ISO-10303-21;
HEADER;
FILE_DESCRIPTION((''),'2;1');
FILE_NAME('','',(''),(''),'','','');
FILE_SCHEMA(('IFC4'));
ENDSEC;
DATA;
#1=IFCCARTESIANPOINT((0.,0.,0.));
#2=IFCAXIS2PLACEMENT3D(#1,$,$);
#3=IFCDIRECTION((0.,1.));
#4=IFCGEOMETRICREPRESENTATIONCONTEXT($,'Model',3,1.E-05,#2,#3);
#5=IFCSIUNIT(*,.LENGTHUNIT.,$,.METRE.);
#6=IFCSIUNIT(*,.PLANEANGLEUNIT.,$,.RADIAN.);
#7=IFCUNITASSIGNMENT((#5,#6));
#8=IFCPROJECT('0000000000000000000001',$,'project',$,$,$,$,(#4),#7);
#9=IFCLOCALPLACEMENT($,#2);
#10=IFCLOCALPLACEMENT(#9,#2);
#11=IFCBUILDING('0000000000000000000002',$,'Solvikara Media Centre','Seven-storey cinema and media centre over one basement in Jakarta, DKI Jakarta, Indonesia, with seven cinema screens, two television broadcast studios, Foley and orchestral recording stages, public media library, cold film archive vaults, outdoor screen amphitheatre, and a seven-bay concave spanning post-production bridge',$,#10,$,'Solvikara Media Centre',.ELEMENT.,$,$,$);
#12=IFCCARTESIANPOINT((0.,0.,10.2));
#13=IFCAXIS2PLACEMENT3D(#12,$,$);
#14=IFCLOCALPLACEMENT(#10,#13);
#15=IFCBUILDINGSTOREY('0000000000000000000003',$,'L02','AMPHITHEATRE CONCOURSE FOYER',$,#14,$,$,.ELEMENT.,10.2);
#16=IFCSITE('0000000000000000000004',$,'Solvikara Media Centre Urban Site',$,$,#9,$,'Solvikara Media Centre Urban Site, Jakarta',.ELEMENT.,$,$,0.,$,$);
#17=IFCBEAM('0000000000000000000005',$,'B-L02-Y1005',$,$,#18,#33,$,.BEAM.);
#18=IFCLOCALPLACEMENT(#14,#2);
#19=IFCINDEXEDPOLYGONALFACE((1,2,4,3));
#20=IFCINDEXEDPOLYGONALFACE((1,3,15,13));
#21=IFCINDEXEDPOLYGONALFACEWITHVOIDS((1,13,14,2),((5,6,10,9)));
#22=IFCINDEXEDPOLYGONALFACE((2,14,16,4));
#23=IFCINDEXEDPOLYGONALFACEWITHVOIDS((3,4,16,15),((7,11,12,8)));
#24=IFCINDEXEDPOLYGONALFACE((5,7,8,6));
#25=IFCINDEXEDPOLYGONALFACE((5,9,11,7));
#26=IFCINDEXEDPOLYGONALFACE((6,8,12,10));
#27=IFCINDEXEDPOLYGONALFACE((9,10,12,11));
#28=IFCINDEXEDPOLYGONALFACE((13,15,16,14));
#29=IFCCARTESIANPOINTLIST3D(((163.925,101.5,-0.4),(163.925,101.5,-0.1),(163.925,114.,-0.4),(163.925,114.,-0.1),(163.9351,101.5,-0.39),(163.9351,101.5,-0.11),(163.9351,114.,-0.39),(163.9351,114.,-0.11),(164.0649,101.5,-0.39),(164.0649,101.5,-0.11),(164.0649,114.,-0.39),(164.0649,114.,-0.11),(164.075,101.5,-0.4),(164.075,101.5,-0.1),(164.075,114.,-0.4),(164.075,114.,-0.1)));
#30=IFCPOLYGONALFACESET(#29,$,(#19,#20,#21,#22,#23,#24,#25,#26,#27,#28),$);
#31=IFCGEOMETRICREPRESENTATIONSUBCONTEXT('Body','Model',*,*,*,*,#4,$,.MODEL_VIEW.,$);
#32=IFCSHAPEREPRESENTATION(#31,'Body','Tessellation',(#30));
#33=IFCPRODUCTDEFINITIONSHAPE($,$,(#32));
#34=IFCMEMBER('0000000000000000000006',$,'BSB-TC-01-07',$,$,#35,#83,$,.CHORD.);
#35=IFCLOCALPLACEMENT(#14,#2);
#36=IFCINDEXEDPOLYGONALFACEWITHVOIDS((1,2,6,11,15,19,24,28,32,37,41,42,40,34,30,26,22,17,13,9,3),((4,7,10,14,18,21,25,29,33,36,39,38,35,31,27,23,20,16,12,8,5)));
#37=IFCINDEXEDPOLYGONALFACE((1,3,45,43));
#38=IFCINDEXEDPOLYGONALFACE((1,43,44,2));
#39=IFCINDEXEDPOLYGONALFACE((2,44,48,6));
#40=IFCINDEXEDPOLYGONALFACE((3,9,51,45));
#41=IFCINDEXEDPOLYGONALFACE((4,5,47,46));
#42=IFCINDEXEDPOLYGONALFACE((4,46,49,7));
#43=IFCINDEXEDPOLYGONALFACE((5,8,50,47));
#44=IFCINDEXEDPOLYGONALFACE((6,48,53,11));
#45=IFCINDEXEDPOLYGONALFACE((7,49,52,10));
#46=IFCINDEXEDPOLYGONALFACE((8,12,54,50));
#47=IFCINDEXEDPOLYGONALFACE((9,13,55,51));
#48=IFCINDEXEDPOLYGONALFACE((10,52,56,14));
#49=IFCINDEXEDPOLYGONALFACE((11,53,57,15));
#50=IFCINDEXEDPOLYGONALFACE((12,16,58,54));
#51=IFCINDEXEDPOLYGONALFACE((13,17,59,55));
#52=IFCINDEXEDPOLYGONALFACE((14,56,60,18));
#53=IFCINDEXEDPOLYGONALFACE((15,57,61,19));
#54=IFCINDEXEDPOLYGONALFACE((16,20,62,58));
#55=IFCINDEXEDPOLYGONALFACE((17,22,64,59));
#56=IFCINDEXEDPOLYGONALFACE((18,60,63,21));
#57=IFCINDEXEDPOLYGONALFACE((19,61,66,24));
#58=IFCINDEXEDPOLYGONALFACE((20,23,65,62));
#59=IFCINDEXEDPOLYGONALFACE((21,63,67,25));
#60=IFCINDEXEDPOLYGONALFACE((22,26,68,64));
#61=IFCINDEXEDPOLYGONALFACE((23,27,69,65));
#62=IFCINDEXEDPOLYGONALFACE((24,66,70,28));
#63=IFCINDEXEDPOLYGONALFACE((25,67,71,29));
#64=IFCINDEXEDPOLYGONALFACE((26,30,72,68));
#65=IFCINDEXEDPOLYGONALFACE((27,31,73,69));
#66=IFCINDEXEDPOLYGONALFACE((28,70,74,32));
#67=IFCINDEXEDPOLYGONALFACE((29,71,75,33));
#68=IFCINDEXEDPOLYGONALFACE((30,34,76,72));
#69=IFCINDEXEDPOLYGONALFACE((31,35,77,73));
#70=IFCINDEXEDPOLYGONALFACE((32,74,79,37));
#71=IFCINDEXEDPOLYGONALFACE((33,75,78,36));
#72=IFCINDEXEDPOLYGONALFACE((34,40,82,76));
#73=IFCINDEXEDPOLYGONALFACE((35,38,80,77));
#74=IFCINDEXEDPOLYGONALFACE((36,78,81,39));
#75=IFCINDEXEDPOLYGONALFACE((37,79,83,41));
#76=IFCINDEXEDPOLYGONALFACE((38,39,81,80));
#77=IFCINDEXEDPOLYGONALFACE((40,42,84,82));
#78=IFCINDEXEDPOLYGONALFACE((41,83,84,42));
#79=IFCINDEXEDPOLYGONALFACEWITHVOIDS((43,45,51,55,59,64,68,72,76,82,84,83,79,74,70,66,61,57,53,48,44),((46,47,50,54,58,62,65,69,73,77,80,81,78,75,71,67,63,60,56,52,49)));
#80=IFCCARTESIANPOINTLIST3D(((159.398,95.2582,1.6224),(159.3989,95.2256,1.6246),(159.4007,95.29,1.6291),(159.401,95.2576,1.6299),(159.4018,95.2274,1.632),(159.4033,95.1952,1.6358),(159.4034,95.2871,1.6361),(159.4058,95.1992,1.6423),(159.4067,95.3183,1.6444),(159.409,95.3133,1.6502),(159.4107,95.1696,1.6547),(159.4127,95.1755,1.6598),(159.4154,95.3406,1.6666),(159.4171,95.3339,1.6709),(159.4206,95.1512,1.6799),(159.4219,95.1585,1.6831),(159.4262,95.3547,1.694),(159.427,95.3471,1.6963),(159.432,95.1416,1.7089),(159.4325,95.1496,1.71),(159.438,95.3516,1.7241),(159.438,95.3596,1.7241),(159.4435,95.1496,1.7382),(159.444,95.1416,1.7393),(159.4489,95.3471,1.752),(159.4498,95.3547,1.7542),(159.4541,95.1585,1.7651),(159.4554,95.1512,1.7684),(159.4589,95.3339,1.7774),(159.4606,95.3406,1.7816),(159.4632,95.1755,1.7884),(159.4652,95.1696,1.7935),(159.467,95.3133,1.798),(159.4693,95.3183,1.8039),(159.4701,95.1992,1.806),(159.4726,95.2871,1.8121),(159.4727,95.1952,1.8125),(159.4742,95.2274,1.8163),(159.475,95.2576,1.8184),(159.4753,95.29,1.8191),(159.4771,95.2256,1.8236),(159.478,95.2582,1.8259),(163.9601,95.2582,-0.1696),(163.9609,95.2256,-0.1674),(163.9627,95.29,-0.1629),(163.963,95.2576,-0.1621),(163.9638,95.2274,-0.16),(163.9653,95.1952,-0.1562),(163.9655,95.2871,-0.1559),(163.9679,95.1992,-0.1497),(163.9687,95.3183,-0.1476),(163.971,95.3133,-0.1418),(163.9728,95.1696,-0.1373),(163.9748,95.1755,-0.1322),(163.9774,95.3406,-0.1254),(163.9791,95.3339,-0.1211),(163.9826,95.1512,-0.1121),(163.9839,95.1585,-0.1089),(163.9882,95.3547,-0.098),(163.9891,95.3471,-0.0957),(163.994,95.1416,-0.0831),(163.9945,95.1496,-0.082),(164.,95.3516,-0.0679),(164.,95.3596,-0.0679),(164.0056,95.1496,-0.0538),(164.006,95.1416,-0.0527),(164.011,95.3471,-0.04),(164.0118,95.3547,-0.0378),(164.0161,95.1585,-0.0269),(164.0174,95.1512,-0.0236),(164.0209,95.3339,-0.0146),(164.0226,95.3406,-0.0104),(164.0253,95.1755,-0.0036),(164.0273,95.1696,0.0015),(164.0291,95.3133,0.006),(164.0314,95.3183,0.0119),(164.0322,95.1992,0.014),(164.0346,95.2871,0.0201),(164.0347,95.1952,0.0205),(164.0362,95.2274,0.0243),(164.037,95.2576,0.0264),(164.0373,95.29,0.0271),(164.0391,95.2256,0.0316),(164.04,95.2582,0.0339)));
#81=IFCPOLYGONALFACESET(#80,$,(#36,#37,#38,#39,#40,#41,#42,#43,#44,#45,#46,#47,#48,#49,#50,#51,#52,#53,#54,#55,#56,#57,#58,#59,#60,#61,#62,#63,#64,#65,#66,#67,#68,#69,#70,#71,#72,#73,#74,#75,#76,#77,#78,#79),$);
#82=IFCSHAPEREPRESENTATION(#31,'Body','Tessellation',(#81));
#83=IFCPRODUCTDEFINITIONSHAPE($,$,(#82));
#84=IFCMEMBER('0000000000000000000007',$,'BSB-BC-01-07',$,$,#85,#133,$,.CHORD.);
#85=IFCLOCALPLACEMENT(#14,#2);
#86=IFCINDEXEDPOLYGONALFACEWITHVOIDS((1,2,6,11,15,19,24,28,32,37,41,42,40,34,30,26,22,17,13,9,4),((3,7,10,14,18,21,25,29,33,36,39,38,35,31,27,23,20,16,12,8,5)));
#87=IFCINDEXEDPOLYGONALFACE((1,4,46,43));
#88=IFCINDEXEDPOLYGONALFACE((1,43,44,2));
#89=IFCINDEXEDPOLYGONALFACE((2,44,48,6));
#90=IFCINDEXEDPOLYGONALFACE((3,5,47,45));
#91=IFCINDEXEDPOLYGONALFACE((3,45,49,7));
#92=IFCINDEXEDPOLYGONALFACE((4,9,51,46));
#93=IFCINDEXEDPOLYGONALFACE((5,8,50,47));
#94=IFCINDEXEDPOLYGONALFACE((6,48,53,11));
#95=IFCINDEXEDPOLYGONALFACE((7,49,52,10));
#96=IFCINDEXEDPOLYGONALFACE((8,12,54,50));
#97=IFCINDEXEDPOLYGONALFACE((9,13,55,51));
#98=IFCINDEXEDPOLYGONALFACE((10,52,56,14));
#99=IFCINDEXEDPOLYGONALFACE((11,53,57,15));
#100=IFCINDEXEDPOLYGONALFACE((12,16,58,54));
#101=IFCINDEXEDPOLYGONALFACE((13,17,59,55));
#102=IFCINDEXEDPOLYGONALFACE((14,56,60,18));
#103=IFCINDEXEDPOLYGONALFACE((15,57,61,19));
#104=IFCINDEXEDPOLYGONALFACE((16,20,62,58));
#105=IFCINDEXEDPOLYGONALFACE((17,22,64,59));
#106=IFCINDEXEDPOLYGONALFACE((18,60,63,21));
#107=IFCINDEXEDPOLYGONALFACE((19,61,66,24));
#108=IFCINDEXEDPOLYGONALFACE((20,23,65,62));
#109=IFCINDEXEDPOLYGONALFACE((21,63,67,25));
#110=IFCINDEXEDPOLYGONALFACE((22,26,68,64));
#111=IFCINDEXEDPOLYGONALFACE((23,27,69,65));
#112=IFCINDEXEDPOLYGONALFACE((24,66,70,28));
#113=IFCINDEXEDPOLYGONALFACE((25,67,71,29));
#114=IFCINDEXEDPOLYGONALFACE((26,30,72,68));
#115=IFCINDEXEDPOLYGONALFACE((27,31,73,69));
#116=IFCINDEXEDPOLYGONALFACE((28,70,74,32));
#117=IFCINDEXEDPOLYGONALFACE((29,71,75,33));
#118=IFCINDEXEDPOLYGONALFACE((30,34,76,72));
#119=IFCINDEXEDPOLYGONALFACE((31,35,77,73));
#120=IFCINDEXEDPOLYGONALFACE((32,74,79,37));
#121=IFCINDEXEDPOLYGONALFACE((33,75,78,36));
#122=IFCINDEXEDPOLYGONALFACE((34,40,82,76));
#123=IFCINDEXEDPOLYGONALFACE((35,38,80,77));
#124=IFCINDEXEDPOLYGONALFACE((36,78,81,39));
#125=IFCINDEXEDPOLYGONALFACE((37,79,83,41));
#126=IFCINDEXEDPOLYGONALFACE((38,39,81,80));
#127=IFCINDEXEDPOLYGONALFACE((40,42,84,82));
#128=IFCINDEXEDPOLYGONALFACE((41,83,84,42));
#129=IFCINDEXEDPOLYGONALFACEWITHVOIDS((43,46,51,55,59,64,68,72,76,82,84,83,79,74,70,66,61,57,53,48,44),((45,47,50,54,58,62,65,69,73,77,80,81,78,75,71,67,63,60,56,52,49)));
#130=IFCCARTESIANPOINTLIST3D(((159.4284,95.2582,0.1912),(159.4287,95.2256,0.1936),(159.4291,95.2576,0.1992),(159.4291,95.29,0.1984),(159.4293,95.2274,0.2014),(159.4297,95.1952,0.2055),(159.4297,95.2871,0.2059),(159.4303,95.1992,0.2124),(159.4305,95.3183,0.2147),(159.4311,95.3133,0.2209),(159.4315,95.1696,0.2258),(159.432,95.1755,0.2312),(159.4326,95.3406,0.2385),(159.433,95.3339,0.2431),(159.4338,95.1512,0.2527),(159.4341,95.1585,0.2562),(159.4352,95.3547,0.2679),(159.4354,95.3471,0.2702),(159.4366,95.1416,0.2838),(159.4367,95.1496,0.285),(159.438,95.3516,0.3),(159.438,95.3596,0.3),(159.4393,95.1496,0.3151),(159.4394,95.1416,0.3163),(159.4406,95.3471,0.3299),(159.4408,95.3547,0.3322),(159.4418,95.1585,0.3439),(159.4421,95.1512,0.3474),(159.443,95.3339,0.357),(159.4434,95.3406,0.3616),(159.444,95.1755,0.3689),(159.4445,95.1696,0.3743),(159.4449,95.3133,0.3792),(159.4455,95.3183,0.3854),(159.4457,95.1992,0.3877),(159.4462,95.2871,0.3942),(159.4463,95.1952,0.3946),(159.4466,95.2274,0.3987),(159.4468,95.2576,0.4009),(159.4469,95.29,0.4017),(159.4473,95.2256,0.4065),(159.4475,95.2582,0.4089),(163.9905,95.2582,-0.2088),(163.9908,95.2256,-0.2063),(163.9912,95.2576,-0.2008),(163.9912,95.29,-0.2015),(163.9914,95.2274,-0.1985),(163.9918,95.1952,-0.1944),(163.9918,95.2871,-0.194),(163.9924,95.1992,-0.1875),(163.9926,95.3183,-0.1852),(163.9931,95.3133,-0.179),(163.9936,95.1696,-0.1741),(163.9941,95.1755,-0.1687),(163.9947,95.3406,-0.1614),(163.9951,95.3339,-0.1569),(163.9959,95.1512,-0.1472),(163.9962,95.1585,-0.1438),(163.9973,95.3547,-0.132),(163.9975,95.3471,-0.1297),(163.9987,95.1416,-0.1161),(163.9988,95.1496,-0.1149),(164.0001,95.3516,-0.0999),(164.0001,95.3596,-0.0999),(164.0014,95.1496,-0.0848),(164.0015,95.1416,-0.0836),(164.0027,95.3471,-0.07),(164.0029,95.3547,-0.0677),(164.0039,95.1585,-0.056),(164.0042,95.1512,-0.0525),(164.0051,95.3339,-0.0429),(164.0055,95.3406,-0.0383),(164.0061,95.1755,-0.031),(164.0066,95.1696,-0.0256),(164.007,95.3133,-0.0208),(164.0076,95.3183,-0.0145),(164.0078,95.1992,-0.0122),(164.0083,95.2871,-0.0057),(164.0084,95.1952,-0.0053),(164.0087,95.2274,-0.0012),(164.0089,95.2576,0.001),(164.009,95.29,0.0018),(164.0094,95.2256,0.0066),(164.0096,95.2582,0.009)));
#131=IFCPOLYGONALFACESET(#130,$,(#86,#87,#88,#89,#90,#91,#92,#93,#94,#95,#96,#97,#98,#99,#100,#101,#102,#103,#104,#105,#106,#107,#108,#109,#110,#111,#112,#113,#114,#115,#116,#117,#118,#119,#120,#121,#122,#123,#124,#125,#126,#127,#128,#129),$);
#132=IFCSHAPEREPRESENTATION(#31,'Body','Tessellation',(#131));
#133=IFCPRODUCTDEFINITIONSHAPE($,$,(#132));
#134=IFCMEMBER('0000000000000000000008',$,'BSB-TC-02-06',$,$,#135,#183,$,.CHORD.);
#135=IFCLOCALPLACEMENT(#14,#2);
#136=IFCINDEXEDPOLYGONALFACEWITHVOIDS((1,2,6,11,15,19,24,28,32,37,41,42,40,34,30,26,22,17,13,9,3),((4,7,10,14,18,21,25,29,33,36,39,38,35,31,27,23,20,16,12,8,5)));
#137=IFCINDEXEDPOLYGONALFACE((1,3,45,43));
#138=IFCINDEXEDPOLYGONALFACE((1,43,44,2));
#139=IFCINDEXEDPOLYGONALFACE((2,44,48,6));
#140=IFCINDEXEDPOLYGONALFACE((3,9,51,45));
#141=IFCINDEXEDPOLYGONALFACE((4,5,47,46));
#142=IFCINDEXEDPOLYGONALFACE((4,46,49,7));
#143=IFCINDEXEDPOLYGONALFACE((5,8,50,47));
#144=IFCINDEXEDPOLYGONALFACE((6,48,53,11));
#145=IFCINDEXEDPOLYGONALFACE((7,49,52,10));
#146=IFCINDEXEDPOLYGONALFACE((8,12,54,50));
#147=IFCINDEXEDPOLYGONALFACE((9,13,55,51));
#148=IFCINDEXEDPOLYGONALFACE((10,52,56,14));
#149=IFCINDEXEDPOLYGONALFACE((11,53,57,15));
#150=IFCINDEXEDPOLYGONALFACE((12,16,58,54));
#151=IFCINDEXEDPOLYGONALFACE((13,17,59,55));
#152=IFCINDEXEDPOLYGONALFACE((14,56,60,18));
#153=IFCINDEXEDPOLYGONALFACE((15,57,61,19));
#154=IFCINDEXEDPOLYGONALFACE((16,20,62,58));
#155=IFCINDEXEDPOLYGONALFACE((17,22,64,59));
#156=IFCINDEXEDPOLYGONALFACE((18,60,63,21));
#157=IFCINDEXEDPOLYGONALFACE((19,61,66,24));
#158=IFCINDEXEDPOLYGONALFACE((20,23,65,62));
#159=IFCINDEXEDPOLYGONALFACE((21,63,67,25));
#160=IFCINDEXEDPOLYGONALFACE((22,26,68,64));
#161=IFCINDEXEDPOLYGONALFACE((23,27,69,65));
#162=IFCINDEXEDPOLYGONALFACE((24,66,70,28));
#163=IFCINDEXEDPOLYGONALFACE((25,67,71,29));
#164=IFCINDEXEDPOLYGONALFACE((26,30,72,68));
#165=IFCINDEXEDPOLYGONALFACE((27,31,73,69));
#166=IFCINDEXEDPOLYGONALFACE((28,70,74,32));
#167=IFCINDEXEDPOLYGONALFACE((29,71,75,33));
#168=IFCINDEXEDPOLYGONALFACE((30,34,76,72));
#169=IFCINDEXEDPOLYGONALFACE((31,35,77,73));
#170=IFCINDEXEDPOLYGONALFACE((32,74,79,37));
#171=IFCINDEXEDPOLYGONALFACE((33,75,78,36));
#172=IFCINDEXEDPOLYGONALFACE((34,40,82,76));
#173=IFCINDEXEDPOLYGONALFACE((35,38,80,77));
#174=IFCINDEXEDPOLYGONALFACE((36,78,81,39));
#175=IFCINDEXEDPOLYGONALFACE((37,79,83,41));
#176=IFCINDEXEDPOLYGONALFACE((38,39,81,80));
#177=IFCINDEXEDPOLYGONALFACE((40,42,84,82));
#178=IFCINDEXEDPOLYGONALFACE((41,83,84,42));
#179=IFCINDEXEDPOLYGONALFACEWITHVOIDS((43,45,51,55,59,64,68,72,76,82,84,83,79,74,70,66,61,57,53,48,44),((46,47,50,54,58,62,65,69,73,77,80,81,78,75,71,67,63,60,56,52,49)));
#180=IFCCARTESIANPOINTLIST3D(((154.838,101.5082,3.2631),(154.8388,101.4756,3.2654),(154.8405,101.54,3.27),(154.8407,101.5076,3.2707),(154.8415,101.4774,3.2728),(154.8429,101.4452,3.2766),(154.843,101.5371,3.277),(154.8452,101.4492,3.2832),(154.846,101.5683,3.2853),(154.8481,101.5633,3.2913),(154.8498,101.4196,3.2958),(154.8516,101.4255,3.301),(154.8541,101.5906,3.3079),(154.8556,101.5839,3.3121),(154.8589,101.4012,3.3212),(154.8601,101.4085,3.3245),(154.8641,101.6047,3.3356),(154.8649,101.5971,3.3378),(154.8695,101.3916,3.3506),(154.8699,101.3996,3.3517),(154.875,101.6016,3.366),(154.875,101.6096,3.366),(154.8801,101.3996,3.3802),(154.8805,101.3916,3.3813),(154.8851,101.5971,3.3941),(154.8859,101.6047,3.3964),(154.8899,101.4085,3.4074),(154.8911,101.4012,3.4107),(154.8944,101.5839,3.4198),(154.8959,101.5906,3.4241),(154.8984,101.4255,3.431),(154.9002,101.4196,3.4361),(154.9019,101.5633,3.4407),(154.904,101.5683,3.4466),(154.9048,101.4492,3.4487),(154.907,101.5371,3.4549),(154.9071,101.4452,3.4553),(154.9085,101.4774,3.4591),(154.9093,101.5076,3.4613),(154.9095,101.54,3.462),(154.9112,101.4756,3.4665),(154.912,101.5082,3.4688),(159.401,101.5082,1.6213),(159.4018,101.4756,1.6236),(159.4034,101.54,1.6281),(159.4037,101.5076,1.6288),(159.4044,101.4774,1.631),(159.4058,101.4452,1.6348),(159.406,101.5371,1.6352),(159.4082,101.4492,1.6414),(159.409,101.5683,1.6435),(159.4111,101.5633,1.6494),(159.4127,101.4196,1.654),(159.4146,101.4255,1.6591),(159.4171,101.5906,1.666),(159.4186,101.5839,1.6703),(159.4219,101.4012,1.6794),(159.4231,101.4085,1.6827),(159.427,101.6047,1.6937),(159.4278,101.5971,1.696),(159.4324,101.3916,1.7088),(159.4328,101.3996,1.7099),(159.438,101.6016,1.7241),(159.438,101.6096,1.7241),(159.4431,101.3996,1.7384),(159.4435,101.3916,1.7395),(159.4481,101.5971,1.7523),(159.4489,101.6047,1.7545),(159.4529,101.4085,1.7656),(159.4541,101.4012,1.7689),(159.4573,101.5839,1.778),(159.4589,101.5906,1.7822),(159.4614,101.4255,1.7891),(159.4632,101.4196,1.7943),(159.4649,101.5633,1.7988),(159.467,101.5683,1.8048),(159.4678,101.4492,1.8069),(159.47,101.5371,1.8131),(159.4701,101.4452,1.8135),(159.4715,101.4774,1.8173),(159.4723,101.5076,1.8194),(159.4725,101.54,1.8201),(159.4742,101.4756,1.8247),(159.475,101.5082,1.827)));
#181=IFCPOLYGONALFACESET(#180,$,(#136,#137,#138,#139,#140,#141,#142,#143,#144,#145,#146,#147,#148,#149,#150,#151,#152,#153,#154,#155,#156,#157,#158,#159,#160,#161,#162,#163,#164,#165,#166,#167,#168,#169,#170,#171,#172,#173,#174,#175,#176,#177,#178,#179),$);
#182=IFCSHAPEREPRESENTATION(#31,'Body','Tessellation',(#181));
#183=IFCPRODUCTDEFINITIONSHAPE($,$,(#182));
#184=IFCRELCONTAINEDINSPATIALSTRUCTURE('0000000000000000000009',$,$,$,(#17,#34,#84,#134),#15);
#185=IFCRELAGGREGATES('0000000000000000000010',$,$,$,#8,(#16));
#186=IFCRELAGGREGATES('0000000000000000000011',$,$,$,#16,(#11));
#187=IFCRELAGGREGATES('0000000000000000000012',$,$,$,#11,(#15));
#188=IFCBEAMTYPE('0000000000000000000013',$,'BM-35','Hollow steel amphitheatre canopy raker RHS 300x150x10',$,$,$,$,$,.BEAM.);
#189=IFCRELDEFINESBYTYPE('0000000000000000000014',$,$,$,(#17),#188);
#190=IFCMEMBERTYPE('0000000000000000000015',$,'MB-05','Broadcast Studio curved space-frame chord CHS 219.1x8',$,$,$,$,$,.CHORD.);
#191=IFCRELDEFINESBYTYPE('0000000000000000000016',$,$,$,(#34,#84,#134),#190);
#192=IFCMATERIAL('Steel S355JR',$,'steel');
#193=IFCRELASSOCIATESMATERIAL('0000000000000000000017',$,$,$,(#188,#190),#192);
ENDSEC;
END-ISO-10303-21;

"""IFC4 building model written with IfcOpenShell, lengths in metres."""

from ifc_helpers import new_model, si_unit, direction, frame, origin, origin_2d, place, context, subcontext, project, spatial, hollow_rectangle, hollow_circle, extrude, material, material_profile, profile_set, type_object, element, save


model = new_model("IFC4")

# Units and contexts
model_context = context("Model", 3, precision=1e-05, world=origin(), true_north=direction((0.0, 1.0)))
body_context = subcontext(model_context, "Body", "Model", "MODEL_VIEW")
ifc_project = project(units=[si_unit("LENGTHUNIT", "METRE"), si_unit("PLANEANGLEUNIT", "RADIAN")], contexts=[model_context])

# Site, building, storey
site_placement = place(None, origin())
site = spatial("IfcSite", under=ifc_project, at=site_placement, Name="Solvikara Media Centre Urban Site", LongName="Solvikara Media Centre Urban Site, Jakarta", CompositionType="ELEMENT", RefElevation=0.0)
building_placement = place(site_placement, origin())
building = spatial("IfcBuilding", under=site, at=building_placement, Name="Solvikara Media Centre", Description="Seven-storey cinema and media centre over one basement in Jakarta, DKI Jakarta, Indonesia, with seven cinema screens, two television broadcast studios, Foley and orchestral recording stages, public media library, cold film archive vaults, outdoor screen amphitheatre, and a seven-bay concave spanning post-production bridge", LongName="Solvikara Media Centre", CompositionType="ELEMENT")
storey_placement = place(building_placement, frame((0.0, 0.0, 10.2)))
storey = spatial("IfcBuildingStorey", under=building, at=storey_placement, Name="L02", Description="AMPHITHEATRE CONCOURSE FOYER", CompositionType="ELEMENT", Elevation=10.2)

# Beam
ifc_material_1 = material(Name="Steel S355JR", Category="steel")
ifc_material_profile_1 = material_profile(ifc_material_1, hollow_rectangle(XDim=0.1499, YDim=0.3, WallThickness=0.01, at=origin_2d()), Name="RHS 300x150x10")
ifc_profile_set_1 = profile_set([ifc_material_profile_1], Name="Steel S355JR")
beam_type = type_object("IfcBeamType", Name="BM-35", Description="Hollow steel amphitheatre canopy raker RHS 300x150x10", PredefinedType="BEAM", material=ifc_profile_set_1)
beam_placement = place(storey_placement, frame((164.0, 101.5, -0.25), z_axis=(0.0, 1.0, 0.0), x_axis=(-1.0, 0.0, 0.0)))
element("IfcBeam", 1, at=beam_placement, inside=storey, type_object=beam_type, Name="B-L02-Y1005", PredefinedType="BEAM", context=body_context, shape_type="SweptSolid", body=[
    extrude(hollow_rectangle(XDim=0.1499, YDim=0.3, WallThickness=0.01, at=origin_2d()), origin(), (0.0, 0.0, 1.0), 12.5),
])

# Members
ifc_material_profile_2 = material_profile(ifc_material_1, hollow_circle(Radius=0.1096, WallThickness=0.0081, at=origin_2d()), Name="CHS 219.1x8")
ifc_profile_set_2 = profile_set([ifc_material_profile_2], Name="Steel S355JR")
member_type_1 = type_object("IfcMemberType", Name="MB-05", Description="Broadcast Studio curved space-frame chord CHS 219.1x8", PredefinedType="CHORD", material=ifc_profile_set_2)
member_1_placement = place(storey_placement, frame((159.438, 95.25, 1.7241), z_axis=(0.930767, 0.0, -0.365612), x_axis=(0.0, 1.0, 0.0)))
element("IfcMember", 2, at=member_1_placement, inside=storey, type_object=member_type_1, Name="BSB-TC-01-07", PredefinedType="CHORD", context=body_context, shape_type="SweptSolid", body=[
    extrude(hollow_circle(Radius=0.1096, WallThickness=0.0081, at=origin_2d()), origin(), (0.0, 0.0, 1.0), 4.9014),
])
member_2_placement = place(storey_placement, frame((159.438, 95.25, 0.3), z_axis=(0.99618, 0.0, -0.087324), x_axis=(0.0, 1.0, 0.0)))
element("IfcMember", 3, at=member_2_placement, inside=storey, type_object=member_type_1, Name="BSB-BC-01-07", PredefinedType="CHORD", context=body_context, shape_type="SweptSolid", body=[
    extrude(hollow_circle(Radius=0.1096, WallThickness=0.0081, at=origin_2d()), origin(), (0.0, 0.0, 1.0), 4.5796),
])
member_3_placement = place(storey_placement, frame((154.875, 101.5, 3.366), z_axis=(0.940942, 0.0, -0.338568), x_axis=(0.0, 1.0, 0.0)))
element("IfcMember", 4, at=member_3_placement, inside=storey, type_object=member_type_1, Name="BSB-TC-02-06", PredefinedType="CHORD", context=body_context, shape_type="SweptSolid", body=[
    extrude(hollow_circle(Radius=0.1096, WallThickness=0.0081, at=origin_2d()), origin(), (0.0, 0.0, 1.0), 4.8494),
])

save(model, "model.ifc")
